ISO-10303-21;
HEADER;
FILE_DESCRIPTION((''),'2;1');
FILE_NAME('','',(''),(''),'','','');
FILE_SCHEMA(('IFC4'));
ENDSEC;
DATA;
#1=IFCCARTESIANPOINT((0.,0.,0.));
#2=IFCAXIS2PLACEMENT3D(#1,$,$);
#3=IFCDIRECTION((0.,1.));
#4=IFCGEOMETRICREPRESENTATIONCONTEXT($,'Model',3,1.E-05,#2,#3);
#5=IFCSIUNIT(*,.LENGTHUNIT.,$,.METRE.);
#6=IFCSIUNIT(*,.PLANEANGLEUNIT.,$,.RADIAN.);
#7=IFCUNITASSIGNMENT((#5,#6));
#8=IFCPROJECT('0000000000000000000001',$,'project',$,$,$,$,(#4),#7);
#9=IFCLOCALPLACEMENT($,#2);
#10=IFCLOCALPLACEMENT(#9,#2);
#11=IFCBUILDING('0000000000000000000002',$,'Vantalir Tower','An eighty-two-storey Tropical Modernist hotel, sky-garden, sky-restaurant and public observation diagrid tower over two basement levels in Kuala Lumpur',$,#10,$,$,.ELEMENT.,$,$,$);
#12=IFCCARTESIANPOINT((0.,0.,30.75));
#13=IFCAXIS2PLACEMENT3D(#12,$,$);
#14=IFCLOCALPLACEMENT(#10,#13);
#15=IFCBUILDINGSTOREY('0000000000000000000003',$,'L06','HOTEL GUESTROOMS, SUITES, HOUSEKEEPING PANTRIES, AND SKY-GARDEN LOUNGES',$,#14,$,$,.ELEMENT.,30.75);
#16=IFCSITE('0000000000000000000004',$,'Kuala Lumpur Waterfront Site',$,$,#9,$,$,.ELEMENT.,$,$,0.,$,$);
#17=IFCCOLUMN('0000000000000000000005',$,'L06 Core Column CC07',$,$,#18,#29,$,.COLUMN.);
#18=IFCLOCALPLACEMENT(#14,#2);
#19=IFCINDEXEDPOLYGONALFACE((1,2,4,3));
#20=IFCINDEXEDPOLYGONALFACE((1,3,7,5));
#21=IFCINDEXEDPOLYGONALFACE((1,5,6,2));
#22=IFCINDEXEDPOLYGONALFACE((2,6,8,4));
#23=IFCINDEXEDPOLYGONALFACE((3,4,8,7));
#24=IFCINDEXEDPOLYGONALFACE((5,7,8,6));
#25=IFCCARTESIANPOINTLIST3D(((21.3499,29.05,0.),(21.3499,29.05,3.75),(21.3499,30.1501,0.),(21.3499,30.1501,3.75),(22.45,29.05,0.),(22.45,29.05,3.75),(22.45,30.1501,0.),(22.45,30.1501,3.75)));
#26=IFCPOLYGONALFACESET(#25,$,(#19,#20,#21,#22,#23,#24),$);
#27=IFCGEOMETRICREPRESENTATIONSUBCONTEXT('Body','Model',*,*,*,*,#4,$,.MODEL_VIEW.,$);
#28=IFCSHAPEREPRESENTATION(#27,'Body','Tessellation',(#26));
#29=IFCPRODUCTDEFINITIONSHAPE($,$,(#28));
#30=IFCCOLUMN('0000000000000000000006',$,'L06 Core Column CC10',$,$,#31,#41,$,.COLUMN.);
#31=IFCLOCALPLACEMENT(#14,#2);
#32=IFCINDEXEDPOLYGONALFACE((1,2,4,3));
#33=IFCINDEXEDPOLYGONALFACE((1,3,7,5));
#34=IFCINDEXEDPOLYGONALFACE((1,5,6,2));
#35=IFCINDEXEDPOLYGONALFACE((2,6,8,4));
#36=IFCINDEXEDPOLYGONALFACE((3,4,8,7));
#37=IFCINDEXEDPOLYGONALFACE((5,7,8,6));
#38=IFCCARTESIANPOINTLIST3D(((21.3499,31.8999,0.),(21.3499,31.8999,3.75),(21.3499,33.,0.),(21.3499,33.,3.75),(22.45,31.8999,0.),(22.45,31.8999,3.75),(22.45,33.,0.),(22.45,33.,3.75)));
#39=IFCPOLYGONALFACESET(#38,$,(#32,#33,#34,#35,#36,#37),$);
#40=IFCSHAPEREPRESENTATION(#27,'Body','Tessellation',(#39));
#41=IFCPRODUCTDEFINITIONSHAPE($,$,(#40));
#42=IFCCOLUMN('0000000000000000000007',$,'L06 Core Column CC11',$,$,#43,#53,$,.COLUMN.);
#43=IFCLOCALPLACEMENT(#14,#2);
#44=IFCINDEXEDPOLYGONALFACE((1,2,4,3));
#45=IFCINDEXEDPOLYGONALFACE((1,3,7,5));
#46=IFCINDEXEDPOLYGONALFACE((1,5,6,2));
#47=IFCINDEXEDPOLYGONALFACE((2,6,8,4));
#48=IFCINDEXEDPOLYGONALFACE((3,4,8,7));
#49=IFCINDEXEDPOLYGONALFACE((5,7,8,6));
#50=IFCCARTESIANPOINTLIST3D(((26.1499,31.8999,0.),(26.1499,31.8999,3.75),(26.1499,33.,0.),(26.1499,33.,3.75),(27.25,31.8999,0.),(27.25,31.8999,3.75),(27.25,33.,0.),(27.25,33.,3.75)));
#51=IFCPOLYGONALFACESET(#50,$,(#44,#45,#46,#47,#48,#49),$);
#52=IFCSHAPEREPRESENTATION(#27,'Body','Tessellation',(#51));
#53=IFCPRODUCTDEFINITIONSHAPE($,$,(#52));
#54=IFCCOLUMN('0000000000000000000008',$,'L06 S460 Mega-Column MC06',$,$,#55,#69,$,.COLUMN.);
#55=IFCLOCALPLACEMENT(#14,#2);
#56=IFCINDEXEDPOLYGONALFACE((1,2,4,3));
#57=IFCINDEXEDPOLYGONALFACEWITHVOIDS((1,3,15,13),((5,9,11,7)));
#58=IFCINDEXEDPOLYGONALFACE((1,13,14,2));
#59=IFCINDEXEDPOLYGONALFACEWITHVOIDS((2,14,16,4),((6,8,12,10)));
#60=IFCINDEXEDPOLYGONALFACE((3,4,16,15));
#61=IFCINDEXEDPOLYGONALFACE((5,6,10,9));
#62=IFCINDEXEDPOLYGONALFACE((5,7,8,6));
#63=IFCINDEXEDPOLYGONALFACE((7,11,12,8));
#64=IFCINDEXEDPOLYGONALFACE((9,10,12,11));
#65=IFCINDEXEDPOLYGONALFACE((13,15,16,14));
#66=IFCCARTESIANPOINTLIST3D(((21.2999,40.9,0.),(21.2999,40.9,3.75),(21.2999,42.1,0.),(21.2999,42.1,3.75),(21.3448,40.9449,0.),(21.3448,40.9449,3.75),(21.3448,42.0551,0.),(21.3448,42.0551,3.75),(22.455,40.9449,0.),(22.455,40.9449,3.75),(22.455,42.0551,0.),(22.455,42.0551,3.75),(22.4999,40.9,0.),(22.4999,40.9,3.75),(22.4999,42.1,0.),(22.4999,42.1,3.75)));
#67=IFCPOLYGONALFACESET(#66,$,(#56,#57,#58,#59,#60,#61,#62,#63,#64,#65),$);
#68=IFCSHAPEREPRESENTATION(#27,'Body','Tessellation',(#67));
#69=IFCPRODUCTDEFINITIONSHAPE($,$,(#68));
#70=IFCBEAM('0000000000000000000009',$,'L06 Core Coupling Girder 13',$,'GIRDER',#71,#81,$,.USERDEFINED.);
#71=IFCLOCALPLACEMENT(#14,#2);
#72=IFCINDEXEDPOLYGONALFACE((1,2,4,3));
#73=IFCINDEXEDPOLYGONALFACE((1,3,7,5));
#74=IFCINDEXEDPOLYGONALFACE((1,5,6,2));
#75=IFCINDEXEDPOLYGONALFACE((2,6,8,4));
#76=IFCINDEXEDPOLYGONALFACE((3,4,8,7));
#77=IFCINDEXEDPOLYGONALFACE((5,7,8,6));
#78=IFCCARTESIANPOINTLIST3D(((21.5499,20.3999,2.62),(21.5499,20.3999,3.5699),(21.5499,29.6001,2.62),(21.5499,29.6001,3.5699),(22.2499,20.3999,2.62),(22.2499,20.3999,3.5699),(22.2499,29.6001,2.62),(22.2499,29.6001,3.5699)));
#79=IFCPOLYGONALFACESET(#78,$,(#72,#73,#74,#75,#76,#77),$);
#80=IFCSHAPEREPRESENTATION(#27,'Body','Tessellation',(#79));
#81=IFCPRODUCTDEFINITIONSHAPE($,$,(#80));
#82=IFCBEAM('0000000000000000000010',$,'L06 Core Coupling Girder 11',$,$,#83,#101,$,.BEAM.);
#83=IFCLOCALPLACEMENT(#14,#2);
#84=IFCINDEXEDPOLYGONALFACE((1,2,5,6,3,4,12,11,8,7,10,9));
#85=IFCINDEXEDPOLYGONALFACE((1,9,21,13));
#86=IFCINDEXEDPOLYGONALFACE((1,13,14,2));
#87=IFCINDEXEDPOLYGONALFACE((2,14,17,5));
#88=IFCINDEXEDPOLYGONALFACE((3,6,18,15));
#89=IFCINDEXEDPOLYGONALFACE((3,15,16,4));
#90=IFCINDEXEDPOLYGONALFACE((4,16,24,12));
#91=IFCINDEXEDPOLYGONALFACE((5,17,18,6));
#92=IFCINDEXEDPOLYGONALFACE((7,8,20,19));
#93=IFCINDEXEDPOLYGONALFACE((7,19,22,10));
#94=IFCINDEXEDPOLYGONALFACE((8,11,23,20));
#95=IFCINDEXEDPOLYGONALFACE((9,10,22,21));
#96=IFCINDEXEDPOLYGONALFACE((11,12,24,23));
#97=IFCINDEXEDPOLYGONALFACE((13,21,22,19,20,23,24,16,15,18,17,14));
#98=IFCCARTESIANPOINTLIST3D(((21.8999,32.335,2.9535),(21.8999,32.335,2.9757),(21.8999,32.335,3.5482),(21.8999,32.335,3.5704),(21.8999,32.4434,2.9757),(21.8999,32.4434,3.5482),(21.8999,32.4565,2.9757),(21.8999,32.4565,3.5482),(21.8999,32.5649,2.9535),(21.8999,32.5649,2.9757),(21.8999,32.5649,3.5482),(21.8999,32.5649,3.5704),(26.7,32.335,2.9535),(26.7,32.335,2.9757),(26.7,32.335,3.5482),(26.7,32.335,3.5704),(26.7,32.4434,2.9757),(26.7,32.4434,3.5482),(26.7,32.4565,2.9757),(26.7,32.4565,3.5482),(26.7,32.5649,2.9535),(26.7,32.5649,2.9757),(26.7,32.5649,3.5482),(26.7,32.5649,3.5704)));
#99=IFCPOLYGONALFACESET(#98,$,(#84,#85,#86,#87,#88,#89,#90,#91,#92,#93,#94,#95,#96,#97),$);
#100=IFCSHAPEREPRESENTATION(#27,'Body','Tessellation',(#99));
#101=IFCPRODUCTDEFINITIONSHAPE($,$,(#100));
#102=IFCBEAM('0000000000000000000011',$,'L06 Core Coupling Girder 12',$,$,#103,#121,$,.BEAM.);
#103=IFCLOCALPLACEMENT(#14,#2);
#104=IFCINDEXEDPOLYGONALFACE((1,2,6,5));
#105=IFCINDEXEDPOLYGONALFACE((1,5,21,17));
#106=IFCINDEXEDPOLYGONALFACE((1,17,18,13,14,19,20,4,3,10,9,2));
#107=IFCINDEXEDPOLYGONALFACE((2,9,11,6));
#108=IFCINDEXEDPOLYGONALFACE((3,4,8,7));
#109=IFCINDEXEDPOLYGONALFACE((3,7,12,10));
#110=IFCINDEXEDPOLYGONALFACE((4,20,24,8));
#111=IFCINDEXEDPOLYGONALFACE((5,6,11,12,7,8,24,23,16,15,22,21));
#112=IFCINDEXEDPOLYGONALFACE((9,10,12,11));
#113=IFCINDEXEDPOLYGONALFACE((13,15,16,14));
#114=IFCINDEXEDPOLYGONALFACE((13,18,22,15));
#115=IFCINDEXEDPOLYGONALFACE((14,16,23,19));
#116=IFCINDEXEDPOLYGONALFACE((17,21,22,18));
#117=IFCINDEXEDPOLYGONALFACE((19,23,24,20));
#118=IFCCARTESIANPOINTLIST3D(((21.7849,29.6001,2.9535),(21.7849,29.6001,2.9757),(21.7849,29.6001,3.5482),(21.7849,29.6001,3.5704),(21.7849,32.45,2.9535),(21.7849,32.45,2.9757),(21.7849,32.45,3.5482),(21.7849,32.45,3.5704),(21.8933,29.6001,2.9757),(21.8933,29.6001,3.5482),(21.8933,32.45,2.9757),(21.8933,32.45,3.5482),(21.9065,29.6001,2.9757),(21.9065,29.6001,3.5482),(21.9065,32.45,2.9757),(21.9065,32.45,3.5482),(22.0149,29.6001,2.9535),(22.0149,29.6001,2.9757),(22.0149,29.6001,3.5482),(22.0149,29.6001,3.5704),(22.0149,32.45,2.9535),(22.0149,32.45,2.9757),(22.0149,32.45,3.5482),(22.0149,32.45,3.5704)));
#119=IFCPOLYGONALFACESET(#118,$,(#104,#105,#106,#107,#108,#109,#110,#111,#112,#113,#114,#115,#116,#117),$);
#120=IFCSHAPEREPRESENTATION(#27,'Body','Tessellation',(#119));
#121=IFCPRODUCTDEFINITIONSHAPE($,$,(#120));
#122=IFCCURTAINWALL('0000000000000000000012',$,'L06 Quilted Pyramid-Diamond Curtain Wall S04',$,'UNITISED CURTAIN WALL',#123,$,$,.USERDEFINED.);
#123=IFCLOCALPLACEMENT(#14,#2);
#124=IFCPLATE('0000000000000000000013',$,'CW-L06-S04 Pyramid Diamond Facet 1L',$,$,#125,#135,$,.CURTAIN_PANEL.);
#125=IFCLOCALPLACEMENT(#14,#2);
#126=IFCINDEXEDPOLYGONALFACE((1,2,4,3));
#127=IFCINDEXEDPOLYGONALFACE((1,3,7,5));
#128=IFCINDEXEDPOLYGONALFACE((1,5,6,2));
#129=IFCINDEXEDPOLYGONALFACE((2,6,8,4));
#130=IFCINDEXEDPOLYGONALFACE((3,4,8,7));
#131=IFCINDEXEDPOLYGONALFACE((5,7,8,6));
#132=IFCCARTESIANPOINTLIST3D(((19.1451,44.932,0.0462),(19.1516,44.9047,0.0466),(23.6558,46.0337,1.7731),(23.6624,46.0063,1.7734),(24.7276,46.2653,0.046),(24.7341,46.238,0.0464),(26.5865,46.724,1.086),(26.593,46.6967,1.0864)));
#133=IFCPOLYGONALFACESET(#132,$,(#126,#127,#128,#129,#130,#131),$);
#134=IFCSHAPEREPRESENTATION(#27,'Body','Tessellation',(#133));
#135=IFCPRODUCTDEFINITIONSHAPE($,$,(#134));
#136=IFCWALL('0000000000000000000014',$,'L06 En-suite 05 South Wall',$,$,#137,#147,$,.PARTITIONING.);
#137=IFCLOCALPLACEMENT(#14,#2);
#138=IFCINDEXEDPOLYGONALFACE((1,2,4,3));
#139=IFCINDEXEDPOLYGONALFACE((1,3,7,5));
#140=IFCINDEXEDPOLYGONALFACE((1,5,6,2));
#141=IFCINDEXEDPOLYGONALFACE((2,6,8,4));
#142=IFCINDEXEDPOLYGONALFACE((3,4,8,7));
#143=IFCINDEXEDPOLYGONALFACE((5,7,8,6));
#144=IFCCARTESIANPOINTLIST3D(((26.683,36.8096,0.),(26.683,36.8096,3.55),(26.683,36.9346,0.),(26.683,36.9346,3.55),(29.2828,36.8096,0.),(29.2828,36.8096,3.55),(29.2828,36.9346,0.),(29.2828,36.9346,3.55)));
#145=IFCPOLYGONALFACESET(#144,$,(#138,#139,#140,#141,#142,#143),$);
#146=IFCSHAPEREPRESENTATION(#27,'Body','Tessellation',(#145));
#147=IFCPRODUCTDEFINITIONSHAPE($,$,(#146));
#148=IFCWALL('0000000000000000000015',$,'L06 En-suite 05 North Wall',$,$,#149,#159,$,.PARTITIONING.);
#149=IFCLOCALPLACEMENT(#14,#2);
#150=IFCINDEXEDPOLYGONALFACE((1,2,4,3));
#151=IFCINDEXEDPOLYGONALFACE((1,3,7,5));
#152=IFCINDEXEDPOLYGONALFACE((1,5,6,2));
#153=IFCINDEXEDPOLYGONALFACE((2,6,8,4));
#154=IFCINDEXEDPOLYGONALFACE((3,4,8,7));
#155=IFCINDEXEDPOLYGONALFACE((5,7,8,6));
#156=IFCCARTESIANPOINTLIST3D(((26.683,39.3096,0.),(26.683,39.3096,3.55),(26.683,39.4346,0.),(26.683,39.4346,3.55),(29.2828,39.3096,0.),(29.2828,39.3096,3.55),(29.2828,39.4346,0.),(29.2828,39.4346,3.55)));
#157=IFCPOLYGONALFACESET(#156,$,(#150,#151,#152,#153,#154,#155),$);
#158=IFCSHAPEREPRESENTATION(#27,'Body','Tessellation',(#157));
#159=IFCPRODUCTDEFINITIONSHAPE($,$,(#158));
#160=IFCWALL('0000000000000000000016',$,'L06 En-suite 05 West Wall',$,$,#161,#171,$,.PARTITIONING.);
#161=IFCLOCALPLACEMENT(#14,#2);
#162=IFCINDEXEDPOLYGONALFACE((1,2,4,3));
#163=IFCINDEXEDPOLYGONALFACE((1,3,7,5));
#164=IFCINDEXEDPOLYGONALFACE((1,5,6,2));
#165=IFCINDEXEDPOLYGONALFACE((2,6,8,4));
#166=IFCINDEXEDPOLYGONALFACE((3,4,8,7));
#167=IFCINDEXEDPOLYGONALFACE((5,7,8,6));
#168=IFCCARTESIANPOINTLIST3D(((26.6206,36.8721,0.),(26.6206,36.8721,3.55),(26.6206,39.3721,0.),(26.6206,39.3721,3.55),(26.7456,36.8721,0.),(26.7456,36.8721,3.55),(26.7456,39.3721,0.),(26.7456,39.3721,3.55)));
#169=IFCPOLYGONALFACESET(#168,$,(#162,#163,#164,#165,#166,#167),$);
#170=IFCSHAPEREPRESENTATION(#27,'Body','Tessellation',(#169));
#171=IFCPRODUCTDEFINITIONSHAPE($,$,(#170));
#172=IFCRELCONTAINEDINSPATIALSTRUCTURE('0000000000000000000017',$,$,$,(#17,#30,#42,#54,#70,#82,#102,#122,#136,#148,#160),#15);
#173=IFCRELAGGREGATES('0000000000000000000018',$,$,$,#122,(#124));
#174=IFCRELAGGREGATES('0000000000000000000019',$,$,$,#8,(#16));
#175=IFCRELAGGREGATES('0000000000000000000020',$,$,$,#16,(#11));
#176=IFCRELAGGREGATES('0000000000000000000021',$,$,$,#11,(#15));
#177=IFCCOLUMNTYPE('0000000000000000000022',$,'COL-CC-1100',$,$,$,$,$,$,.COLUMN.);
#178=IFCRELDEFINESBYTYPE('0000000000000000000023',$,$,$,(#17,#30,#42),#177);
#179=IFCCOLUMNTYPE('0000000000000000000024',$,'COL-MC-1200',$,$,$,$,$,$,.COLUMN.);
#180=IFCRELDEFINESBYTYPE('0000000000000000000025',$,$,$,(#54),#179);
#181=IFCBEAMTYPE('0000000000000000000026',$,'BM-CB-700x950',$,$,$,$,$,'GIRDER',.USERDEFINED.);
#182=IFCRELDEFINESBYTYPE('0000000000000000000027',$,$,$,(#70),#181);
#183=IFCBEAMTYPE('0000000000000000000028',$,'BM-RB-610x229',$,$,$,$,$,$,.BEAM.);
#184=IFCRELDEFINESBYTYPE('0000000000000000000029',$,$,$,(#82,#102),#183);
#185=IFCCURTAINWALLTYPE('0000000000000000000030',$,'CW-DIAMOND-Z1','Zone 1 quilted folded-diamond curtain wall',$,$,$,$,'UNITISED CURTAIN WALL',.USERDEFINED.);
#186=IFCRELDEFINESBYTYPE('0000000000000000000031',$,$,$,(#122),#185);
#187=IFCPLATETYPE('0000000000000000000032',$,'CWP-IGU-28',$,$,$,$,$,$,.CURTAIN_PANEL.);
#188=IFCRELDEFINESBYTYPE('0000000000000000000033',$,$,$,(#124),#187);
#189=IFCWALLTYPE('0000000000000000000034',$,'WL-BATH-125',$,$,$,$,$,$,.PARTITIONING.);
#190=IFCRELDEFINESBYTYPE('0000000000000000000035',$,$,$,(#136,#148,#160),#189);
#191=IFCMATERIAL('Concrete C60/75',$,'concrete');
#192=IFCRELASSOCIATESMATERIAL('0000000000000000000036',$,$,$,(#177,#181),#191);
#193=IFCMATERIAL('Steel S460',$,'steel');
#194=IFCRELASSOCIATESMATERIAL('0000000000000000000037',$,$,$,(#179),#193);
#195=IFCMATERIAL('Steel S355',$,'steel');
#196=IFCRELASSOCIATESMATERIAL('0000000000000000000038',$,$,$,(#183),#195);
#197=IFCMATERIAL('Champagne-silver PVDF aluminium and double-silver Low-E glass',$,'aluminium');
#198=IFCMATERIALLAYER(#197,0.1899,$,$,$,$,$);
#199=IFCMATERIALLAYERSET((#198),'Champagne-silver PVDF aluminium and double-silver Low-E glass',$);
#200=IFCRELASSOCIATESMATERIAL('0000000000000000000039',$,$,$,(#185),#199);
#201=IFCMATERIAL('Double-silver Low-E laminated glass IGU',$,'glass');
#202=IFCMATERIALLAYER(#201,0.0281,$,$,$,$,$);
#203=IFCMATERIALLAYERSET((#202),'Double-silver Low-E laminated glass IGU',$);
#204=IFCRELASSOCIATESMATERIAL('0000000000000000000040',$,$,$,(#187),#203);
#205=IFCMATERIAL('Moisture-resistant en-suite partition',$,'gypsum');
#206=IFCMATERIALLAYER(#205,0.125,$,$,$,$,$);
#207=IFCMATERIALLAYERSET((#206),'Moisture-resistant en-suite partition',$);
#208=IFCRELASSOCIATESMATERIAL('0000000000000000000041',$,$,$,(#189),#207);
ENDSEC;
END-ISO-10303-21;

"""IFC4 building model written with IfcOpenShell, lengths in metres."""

from ifc_helpers import new_model, si_unit, direction, frame, frame_2d, origin, origin_2d, place, context, subcontext, project, spatial, polyline, rectangle, hollow_rectangle, i_section, outline, extrude, material, layer, layer_set, material_profile, profile_set, type_object, element, aggregate, save


model = new_model("IFC4")

# Units and contexts
model_context = context("Model", 3, precision=1e-05, world=origin(), true_north=direction((0.0, 1.0)))
body_context = subcontext(model_context, "Body", "Model", "MODEL_VIEW")
ifc_project = project(units=[si_unit("LENGTHUNIT", "METRE"), si_unit("PLANEANGLEUNIT", "RADIAN")], contexts=[model_context])

# Site, building, storey
site_placement = place(None, origin())
site = spatial("IfcSite", under=ifc_project, at=site_placement, Name="Kuala Lumpur Waterfront Site", CompositionType="ELEMENT", RefElevation=0.0)
building_placement = place(site_placement, origin())
building = spatial("IfcBuilding", under=site, at=building_placement, Name="Vantalir Tower", Description="An eighty-two-storey Tropical Modernist hotel, sky-garden, sky-restaurant and public observation diagrid tower over two basement levels in Kuala Lumpur", CompositionType="ELEMENT")
storey_placement = place(building_placement, frame((0.0, 0.0, 30.75)))
storey = spatial("IfcBuildingStorey", under=building, at=storey_placement, Name="L06", Description="HOTEL GUESTROOMS, SUITES, HOUSEKEEPING PANTRIES, AND SKY-GARDEN LOUNGES", CompositionType="ELEMENT", Elevation=30.75)

# Columns
ifc_material_1 = material(Name="Concrete C60/75", Category="concrete")
ifc_material_profile_1 = material_profile(ifc_material_1, rectangle(XDim=1.1001, YDim=1.1001, at=origin_2d()), Name="Concrete C60/75")
ifc_profile_set_1 = profile_set([ifc_material_profile_1], Name="Concrete C60/75")
column_type_1 = type_object("IfcColumnType", Name="COL-CC-1100", PredefinedType="COLUMN", material=ifc_profile_set_1)
for number, where, z_axis, x_axis, name in (
    (1, (21.8999, 29.6001, 0.0), (0.0, 0.0, 1.0), (1.0, 0.0, 0.0), "L06 Core Column CC07"),
    (2, (21.8999, 32.45, 0.0), (0.0, 0.0, 1.0), (1.0, 0.0, 0.0), "L06 Core Column CC10"),
    (3, (26.7, 32.45, 0.0), (0.0, 0.0, 1.0), (1.0, 0.0, 0.0), "L06 Core Column CC11"),
):
    element("IfcColumn", number, at=place(storey_placement, frame(where, z_axis=z_axis, x_axis=x_axis)), inside=storey, type_object=column_type_1, Name=name, PredefinedType="COLUMN", context=body_context, shape_type="SweptSolid", body=[
        extrude(rectangle(XDim=1.1001, YDim=1.1001, at=origin_2d()), origin(), (0.0, 0.0, 1.0), 3.75),
    ])
ifc_material_2 = material(Name="Steel S460", Category="steel")
ifc_material_profile_2 = material_profile(ifc_material_2, hollow_rectangle(XDim=1.2, YDim=1.2, WallThickness=0.0449, at=origin_2d()), Name="Steel S460")
ifc_profile_set_2 = profile_set([ifc_material_profile_2], Name="Steel S460")
column_type_2 = type_object("IfcColumnType", Name="COL-MC-1200", PredefinedType="COLUMN", material=ifc_profile_set_2)
column_placement = place(storey_placement, frame((21.8999, 41.5, 0.0), z_axis=(0.0, 0.0, 1.0), x_axis=(1.0, 0.0, 0.0)))
element("IfcColumn", 4, at=column_placement, inside=storey, type_object=column_type_2, Name="L06 S460 Mega-Column MC06", PredefinedType="COLUMN", context=body_context, shape_type="SweptSolid", body=[
    extrude(hollow_rectangle(XDim=1.2, YDim=1.2, WallThickness=0.0449, at=origin_2d()), origin(), (0.0, 0.0, 1.0), 3.75),
])

# Beams
ifc_material_profile_3 = material_profile(ifc_material_1, rectangle(XDim=0.7, YDim=0.95, at=origin_2d()), Name="Concrete C60/75")
ifc_profile_set_3 = profile_set([ifc_material_profile_3], Name="Concrete C60/75")
beam_type_1 = type_object("IfcBeamType", Name="BM-CB-700x950", ElementType="GIRDER", PredefinedType="USERDEFINED", material=ifc_profile_set_3)
beam_1_placement = place(storey_placement, frame((21.8999, 29.6001, 3.095), z_axis=(0.0, -1.0, 0.0), x_axis=(1.0, 0.0, 0.0)))
element("IfcBeam", 5, at=beam_1_placement, inside=storey, type_object=beam_type_1, Name="L06 Core Coupling Girder 13", ObjectType="GIRDER", PredefinedType="USERDEFINED", context=body_context, shape_type="SweptSolid", body=[
    extrude(rectangle(XDim=0.7, YDim=0.95, at=origin_2d()), origin(), (0.0, 0.0, 1.0), 9.2002),
])
ifc_material_3 = material(Name="Steel S355", Category="steel")
ifc_material_profile_4 = material_profile(ifc_material_3, i_section(OverallWidth=0.23, OverallDepth=0.6169, WebThickness=0.0132, FlangeThickness=0.0222, at=origin_2d()), Name="Steel S355")
ifc_profile_set_4 = profile_set([ifc_material_profile_4], Name="Steel S355")
beam_type_2 = type_object("IfcBeamType", Name="BM-RB-610x229", PredefinedType="BEAM", material=ifc_profile_set_4)
beam_2_placement = place(storey_placement, frame((26.7, 32.45, 3.262), z_axis=(-1.0, 0.0, 0.0), x_axis=(0.0, -1.0, 0.0)))
element("IfcBeam", 6, at=beam_2_placement, inside=storey, type_object=beam_type_2, Name="L06 Core Coupling Girder 11", PredefinedType="BEAM", context=body_context, shape_type="SweptSolid", body=[
    extrude(i_section(OverallWidth=0.23, OverallDepth=0.6169, WebThickness=0.0132, FlangeThickness=0.0222, at=origin_2d()), origin(), (0.0, 0.0, 1.0), 4.8),
])
beam_3_placement = place(storey_placement, frame((21.8999, 32.45, 3.262), z_axis=(0.0, -1.0, 0.0), x_axis=(1.0, 0.0, 0.0)))
element("IfcBeam", 7, at=beam_3_placement, inside=storey, type_object=beam_type_2, Name="L06 Core Coupling Girder 12", PredefinedType="BEAM", context=body_context, shape_type="SweptSolid", body=[
    extrude(i_section(OverallWidth=0.23, OverallDepth=0.6169, WebThickness=0.0132, FlangeThickness=0.0222, at=origin_2d()), origin(), (0.0, 0.0, 1.0), 2.8499),
])

# Curtain wall, plate
ifc_material_4 = material(Name="Champagne-silver PVDF aluminium and double-silver Low-E glass", Category="aluminium")
ifc_layer_1 = layer(ifc_material_4, 0.1899)
ifc_layer_set_1 = layer_set([ifc_layer_1], Name="Champagne-silver PVDF aluminium and double-silver Low-E glass")
curtain_wall_type = type_object("IfcCurtainWallType", Name="CW-DIAMOND-Z1", Description="Zone 1 quilted folded-diamond curtain wall", ElementType="UNITISED CURTAIN WALL", PredefinedType="USERDEFINED", material=ifc_layer_set_1)
curtain_wall_placement = place(storey_placement, origin())
curtain_wall = element("IfcCurtainWall", 8, at=curtain_wall_placement, inside=storey, type_object=curtain_wall_type, Name="L06 Quilted Pyramid-Diamond Curtain Wall S04", ObjectType="UNITISED CURTAIN WALL", PredefinedType="USERDEFINED")
ifc_material_5 = material(Name="Double-silver Low-E laminated glass IGU", Category="glass")
ifc_layer_2 = layer(ifc_material_5, 0.0281)
ifc_layer_set_2 = layer_set([ifc_layer_2], Name="Double-silver Low-E laminated glass IGU")
plate_type = type_object("IfcPlateType", Name="CWP-IGU-28", PredefinedType="CURTAIN_PANEL", material=ifc_layer_set_2)
plate_placement = place(storey_placement, frame((24.7341, 46.238, 0.0464), z_axis=(0.232291, -0.97255, 0.013685), x_axis=(-0.972641, -0.232312, 0.000043)))
plate = element("IfcPlate", 9, at=plate_placement, type_object=plate_type, Name="CW-L06-S04 Pyramid Diamond Facet 1L", PredefinedType="CURTAIN_PANEL", context=body_context, shape_type="SweptSolid", body=[
    extrude(outline(polyline([(0.0, 0.0), (5.7395, 0.0), (1.0964, -1.7272), (-1.9146, -1.0402), (0.0, 0.0)])), origin(), (0.0, 0.0, -1.0), 0.0281),
])
aggregate(curtain_wall, [plate])

# Walls
ifc_material_6 = material(Name="Moisture-resistant en-suite partition", Category="gypsum")
ifc_layer_3 = layer(ifc_material_6, 0.125)
ifc_layer_set_3 = layer_set([ifc_layer_3], Name="Moisture-resistant en-suite partition")
wall_type_1 = type_object("IfcWallType", Name="WL-BATH-125", PredefinedType="PARTITIONING", material=ifc_layer_set_3)
for number, where, z_axis, x_axis, name in (
    (10, (26.6831, 36.8721, 0.0), (0.0, 0.0, 1.0), (1.0, 0.0, 0.0), "L06 En-suite 05 South Wall"),
    (11, (26.6831, 39.3721, 0.0), (0.0, 0.0, 1.0), (1.0, 0.0, 0.0), "L06 En-suite 05 North Wall"),
):
    element("IfcWall", number, at=place(storey_placement, frame(where, z_axis=z_axis, x_axis=x_axis)), inside=storey, type_object=wall_type_1, Name=name, PredefinedType="PARTITIONING", context=body_context, shape_type="SweptSolid", body=[
        extrude(rectangle(XDim=2.5999, YDim=0.125, at=frame_2d((1.2998, 0.0))), origin(), (0.0, 0.0, 1.0), 3.55),
    ])
wall_1_placement = place(storey_placement, frame((26.6831, 36.8721, 0.0), z_axis=(0.0, 0.0, 1.0), x_axis=(0.0, 1.0, 0.0)))
element("IfcWall", 12, at=wall_1_placement, inside=storey, type_object=wall_type_1, Name="L06 En-suite 05 West Wall", PredefinedType="PARTITIONING", context=body_context, shape_type="SweptSolid", body=[
    extrude(rectangle(XDim=2.5, YDim=0.125, at=frame_2d((1.25, 0.0))), origin(), (0.0, 0.0, 1.0), 3.55),
])

save(model, "model.ifc")
